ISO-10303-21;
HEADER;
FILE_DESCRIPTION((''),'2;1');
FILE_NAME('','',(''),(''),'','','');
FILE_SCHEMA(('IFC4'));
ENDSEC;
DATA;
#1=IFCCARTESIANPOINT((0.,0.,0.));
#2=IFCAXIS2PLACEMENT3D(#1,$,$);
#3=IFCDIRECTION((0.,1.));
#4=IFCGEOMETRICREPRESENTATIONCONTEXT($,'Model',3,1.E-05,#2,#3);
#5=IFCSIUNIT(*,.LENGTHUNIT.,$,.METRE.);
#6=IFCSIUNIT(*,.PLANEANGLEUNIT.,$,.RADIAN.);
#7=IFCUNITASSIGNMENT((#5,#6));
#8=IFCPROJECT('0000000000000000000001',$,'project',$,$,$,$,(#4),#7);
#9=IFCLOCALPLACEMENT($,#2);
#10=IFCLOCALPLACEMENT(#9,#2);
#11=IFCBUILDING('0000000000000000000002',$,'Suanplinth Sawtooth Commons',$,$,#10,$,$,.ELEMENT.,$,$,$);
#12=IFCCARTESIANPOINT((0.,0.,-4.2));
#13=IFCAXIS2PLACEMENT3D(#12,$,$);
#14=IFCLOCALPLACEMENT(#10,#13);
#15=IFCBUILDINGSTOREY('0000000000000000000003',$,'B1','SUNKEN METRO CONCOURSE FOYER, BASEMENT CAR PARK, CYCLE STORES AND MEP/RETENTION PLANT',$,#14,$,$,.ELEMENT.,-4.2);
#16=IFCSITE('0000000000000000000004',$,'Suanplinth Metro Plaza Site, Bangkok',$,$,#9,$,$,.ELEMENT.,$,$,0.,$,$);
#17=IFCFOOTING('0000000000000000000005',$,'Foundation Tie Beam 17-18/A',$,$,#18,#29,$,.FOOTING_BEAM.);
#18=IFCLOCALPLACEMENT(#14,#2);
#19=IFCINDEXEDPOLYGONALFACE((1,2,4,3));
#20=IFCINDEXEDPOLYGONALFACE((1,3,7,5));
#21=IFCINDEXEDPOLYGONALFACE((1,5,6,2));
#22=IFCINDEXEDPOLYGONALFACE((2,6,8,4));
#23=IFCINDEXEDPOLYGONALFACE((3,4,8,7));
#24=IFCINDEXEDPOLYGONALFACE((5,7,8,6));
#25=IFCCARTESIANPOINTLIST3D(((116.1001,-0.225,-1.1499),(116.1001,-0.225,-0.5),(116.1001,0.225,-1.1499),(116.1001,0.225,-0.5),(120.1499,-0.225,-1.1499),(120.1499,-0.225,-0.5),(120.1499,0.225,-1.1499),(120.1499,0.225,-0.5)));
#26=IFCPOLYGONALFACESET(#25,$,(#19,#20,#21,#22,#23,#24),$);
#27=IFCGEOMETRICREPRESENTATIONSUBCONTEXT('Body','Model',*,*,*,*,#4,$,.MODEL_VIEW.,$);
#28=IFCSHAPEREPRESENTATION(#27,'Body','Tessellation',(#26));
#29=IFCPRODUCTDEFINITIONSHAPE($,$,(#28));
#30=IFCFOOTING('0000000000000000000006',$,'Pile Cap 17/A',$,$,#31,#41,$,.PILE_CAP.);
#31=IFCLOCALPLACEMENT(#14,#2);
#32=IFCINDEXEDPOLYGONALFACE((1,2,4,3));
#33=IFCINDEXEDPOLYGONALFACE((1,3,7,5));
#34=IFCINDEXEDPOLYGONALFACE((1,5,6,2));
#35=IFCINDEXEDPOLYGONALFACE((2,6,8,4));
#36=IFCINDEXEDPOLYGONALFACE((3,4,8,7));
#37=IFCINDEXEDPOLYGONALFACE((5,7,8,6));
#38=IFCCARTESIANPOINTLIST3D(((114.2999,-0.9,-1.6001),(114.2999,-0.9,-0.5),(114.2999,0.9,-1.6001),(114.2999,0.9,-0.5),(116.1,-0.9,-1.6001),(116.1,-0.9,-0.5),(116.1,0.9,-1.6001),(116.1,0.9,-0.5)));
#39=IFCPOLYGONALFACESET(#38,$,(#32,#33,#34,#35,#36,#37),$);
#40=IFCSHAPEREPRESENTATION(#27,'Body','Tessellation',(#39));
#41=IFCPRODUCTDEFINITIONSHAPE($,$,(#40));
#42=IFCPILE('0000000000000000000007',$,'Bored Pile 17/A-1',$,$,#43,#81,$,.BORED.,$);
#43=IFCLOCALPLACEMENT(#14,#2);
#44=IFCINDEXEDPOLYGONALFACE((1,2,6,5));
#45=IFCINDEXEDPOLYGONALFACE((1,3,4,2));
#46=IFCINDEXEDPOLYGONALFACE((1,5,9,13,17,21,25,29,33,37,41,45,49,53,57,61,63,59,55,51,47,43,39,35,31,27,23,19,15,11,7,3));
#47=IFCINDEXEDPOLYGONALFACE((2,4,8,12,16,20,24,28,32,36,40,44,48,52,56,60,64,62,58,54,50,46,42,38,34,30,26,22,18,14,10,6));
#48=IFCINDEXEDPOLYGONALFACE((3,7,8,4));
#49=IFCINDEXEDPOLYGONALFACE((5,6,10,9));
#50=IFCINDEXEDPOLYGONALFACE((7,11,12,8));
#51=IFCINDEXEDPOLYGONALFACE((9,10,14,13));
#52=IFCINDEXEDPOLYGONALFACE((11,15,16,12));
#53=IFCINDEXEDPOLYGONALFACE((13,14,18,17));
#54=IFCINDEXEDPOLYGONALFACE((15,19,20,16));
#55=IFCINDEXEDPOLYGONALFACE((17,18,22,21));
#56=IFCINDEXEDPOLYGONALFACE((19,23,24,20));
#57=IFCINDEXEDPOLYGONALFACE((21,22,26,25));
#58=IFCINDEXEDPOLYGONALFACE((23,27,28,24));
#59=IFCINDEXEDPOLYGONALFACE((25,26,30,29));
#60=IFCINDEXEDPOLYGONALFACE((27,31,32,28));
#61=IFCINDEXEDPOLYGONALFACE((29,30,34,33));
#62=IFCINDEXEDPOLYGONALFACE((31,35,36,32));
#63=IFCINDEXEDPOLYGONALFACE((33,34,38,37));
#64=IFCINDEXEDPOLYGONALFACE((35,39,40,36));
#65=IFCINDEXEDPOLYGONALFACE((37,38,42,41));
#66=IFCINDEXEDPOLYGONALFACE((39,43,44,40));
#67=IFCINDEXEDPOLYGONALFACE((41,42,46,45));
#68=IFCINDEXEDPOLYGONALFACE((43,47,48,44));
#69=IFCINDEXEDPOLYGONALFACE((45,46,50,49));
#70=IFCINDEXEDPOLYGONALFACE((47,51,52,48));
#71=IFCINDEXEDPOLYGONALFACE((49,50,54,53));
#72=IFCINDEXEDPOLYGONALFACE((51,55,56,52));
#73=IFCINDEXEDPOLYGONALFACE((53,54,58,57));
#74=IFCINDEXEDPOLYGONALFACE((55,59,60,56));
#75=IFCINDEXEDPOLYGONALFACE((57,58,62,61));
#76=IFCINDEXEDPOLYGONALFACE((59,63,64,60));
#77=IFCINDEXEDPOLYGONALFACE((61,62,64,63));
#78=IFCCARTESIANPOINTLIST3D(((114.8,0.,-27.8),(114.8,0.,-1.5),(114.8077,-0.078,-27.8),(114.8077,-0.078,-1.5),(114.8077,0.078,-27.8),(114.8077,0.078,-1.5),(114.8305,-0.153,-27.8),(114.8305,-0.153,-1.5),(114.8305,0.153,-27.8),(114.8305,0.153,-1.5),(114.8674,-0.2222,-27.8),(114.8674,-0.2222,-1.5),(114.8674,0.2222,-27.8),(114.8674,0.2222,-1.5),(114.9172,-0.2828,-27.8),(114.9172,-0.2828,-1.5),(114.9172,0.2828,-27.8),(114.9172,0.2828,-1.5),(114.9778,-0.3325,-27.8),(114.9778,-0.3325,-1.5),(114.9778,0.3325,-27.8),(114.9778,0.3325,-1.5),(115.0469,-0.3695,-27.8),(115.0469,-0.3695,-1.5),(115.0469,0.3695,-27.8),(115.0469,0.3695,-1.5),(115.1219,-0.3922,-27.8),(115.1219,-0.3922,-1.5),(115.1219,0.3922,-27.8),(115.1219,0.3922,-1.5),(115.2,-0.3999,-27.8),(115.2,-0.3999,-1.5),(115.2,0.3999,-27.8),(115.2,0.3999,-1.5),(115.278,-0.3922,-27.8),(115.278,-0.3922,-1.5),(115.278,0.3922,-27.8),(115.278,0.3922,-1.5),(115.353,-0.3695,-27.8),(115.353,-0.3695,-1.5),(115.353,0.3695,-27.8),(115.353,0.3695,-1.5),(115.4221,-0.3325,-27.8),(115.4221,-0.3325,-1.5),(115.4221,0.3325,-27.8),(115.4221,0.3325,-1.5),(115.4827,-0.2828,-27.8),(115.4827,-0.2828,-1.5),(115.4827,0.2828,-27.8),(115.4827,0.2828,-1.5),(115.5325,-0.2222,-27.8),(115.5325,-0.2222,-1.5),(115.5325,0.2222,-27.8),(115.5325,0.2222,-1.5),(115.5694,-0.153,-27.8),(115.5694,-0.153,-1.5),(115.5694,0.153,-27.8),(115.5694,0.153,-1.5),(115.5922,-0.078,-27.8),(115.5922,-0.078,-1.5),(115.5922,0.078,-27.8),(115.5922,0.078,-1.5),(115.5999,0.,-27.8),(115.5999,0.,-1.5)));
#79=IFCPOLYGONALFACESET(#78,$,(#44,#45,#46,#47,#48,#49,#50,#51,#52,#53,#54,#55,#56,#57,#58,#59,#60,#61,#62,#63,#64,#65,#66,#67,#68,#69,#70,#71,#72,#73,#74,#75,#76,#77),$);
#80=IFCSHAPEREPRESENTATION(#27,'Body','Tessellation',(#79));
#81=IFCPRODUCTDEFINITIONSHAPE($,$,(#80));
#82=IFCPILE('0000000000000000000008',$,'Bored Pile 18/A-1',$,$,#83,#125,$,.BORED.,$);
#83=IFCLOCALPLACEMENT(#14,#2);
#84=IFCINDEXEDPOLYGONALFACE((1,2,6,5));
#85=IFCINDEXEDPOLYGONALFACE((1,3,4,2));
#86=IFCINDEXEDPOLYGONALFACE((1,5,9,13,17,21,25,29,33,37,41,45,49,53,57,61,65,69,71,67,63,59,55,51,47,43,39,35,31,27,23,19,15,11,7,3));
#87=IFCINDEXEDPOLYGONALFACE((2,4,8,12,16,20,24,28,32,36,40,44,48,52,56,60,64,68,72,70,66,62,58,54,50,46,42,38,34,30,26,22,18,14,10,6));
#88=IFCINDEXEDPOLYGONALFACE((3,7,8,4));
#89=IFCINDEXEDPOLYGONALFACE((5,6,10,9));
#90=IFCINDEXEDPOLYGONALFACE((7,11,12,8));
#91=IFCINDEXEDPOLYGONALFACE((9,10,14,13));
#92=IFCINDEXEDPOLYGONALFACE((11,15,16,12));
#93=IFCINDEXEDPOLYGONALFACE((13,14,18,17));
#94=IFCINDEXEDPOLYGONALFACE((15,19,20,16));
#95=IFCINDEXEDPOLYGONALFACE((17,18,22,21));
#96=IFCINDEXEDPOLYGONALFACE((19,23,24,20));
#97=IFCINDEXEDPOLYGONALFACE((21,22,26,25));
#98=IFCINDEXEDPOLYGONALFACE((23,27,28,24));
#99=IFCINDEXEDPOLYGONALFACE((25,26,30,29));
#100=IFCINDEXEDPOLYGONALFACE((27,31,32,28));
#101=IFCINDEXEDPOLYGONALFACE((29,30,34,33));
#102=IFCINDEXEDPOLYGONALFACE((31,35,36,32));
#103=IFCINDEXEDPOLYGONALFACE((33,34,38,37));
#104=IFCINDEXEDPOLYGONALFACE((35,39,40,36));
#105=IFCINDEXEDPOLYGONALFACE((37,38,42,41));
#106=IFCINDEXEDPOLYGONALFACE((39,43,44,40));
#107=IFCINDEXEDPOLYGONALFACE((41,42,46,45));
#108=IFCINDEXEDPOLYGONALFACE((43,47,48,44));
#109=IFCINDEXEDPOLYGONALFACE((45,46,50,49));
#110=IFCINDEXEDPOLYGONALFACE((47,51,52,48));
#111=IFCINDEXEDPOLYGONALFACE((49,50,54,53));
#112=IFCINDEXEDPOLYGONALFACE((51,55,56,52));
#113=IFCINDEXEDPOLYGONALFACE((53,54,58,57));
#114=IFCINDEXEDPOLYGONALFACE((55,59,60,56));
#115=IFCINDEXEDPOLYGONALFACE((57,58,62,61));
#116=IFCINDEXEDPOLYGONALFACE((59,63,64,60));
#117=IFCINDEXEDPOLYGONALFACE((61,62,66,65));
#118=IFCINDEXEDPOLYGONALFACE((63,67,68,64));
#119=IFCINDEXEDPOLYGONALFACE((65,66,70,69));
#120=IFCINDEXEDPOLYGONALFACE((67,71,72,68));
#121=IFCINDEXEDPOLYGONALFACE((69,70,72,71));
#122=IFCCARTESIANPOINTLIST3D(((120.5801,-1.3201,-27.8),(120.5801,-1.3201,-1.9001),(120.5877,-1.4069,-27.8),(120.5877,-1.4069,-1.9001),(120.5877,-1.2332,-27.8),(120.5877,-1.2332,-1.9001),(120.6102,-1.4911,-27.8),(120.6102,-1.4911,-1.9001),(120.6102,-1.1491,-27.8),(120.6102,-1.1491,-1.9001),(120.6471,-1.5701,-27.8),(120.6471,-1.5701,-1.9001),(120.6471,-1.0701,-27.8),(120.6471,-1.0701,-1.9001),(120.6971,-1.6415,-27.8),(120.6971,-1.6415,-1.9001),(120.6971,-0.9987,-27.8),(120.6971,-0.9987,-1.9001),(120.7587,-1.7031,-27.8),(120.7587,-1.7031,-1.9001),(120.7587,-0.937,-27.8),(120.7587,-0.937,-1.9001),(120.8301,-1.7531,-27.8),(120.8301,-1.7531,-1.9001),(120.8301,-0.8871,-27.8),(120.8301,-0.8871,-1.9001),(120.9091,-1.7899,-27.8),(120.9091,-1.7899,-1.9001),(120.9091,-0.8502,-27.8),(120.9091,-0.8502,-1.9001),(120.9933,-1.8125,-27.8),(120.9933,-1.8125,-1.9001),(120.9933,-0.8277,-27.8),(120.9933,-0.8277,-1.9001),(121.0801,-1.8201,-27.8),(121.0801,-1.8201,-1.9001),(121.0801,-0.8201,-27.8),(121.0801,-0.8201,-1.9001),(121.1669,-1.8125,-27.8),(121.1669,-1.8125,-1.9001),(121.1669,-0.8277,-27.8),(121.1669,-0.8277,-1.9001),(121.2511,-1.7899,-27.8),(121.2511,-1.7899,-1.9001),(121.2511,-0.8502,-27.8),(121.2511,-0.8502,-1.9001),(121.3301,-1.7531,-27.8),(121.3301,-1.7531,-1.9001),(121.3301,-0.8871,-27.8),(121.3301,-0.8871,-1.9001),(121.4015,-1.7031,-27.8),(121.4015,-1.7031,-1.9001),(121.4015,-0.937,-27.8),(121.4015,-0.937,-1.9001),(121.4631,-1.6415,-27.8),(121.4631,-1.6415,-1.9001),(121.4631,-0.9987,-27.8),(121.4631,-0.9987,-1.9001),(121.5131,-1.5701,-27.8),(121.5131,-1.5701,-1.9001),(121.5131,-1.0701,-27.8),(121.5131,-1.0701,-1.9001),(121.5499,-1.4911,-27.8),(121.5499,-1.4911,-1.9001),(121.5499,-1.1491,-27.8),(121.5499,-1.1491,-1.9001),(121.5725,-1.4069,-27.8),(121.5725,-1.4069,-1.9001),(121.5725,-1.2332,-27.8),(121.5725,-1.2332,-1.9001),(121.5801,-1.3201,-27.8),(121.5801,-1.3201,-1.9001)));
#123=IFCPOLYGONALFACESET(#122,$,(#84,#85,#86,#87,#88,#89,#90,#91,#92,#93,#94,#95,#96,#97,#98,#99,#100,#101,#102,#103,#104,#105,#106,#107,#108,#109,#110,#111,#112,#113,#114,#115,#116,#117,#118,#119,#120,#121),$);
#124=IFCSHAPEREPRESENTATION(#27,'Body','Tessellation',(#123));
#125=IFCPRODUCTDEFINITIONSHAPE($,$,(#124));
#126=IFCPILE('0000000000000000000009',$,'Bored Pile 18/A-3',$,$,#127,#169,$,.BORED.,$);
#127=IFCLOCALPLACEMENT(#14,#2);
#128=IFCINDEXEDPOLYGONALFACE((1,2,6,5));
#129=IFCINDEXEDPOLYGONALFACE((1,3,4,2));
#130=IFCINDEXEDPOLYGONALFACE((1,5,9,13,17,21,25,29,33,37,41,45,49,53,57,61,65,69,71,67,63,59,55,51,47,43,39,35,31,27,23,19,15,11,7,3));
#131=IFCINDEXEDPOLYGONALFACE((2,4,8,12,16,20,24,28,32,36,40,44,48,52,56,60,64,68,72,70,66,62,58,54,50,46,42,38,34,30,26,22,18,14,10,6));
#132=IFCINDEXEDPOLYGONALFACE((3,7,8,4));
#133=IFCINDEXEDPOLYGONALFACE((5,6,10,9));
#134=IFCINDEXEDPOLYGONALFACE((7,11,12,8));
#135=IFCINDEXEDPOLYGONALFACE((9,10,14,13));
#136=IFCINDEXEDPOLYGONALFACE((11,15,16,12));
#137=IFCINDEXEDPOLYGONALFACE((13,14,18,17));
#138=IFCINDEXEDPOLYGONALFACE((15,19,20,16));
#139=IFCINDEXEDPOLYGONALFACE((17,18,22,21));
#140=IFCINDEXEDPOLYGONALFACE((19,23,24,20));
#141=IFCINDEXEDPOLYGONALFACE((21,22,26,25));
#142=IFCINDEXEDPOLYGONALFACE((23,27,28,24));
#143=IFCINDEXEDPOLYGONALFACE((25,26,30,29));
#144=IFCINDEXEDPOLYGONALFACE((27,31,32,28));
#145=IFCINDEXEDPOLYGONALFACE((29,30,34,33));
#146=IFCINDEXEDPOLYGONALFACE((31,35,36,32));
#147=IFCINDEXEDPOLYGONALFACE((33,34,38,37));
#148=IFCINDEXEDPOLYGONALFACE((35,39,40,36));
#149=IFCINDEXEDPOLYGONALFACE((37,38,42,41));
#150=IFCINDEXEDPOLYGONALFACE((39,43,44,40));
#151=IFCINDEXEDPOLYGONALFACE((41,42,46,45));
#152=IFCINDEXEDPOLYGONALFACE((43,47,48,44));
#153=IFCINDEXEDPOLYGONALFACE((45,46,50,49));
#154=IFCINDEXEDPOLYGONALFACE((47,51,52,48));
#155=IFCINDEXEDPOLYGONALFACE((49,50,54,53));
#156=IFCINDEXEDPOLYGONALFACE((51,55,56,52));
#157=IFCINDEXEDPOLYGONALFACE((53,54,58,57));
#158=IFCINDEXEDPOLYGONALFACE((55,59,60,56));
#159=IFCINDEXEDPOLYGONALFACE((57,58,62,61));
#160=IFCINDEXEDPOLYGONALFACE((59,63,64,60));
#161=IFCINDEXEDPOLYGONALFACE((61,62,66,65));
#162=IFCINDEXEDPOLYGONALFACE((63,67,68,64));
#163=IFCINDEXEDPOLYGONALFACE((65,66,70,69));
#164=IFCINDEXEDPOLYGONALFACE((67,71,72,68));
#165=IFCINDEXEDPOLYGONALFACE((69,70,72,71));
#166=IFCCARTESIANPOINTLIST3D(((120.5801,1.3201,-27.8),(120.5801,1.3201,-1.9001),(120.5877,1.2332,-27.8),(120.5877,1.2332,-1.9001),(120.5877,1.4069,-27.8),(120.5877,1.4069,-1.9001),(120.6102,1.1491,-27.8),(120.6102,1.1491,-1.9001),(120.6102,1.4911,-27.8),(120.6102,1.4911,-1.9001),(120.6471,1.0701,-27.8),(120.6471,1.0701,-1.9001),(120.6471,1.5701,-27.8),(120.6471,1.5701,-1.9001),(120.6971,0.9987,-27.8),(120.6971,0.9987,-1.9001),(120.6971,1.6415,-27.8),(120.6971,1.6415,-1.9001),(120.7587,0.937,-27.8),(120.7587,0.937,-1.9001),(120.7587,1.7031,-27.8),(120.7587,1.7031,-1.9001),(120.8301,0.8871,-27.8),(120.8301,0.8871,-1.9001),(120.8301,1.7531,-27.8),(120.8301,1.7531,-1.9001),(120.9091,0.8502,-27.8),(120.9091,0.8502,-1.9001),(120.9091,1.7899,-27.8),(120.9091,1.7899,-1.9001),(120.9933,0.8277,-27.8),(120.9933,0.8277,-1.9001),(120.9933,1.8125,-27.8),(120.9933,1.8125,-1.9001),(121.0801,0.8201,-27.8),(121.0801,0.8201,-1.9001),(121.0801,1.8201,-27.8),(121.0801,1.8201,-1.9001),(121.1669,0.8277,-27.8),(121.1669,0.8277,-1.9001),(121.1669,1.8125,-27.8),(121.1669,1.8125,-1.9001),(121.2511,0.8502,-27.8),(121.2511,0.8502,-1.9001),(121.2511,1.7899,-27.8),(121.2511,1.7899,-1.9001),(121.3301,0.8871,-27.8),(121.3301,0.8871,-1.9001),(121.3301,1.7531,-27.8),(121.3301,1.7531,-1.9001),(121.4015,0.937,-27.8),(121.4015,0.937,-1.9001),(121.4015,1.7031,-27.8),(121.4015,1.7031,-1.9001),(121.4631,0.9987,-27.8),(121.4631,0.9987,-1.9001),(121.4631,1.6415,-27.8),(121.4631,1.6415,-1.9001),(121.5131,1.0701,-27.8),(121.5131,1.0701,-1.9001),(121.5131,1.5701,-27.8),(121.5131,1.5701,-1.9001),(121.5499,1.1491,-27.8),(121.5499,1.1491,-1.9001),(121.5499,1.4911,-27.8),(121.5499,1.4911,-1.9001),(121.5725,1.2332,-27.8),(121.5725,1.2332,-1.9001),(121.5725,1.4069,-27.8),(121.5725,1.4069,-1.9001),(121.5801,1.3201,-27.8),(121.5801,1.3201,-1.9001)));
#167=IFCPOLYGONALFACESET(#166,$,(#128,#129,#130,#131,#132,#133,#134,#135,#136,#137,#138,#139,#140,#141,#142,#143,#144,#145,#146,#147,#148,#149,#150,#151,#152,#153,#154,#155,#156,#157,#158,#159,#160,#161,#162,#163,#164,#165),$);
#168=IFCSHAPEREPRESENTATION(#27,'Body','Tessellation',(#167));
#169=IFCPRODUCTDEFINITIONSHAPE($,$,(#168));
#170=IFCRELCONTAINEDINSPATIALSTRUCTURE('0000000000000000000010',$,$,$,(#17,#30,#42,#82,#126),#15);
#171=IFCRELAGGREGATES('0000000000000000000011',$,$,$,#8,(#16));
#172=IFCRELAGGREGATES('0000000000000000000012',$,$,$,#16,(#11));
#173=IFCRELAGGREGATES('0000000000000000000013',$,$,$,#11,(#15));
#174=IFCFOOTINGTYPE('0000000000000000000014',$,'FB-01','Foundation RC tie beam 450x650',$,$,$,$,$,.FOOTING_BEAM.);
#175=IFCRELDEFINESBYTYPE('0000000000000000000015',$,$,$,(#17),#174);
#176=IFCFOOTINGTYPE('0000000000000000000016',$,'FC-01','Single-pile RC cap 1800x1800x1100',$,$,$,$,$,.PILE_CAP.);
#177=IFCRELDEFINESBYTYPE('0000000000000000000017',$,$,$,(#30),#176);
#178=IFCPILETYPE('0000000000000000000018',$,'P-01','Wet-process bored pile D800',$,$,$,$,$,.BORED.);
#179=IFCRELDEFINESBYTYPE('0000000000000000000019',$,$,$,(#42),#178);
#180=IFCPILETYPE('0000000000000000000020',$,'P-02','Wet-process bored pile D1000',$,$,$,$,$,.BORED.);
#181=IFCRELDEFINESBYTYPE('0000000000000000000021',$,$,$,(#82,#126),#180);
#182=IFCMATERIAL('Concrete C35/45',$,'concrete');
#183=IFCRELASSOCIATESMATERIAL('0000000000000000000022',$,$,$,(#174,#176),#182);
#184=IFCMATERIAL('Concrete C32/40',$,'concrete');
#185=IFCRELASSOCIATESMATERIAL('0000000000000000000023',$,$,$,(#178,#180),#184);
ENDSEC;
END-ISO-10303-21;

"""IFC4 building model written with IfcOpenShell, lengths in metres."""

from ifc_helpers import new_model, si_unit, direction, frame, origin, origin_2d, place, context, subcontext, project, spatial, rectangle, circle, extrude, material, material_profile, profile_set, type_object, element, save


model = new_model("IFC4")

# Units and contexts
model_context = context("Model", 3, precision=1e-05, world=origin(), true_north=direction((0.0, 1.0)))
body_context = subcontext(model_context, "Body", "Model", "MODEL_VIEW")
ifc_project = project(units=[si_unit("LENGTHUNIT", "METRE"), si_unit("PLANEANGLEUNIT", "RADIAN")], contexts=[model_context])

# Site, building, storey
site_placement = place(None, origin())
site = spatial("IfcSite", under=ifc_project, at=site_placement, Name="Suanplinth Metro Plaza Site, Bangkok", CompositionType="ELEMENT", RefElevation=0.0)
building_placement = place(site_placement, origin())
building = spatial("IfcBuilding", under=site, at=building_placement, Name="Suanplinth Sawtooth Commons", CompositionType="ELEMENT")
storey_placement = place(building_placement, frame((0.0, 0.0, -4.2)))
storey = spatial("IfcBuildingStorey", under=building, at=storey_placement, Name="B1", Description="SUNKEN METRO CONCOURSE FOYER, BASEMENT CAR PARK, CYCLE STORES AND MEP/RETENTION PLANT", CompositionType="ELEMENT", Elevation=-4.2)

# Footings
ifc_material_1 = material(Name="Concrete C35/45", Category="concrete")
ifc_material_profile_1 = material_profile(ifc_material_1, rectangle(XDim=0.45, YDim=0.6499, at=origin_2d()), Name="PC-GDR 450x650")
ifc_profile_set_1 = profile_set([ifc_material_profile_1], Name="Concrete C35/45")
footing_type_1 = type_object("IfcFootingType", Name="FB-01", Description="Foundation RC tie beam 450x650", PredefinedType="FOOTING_BEAM", material=ifc_profile_set_1)
footing_1_placement = place(storey_placement, frame((116.1001, 0.0, -0.825), z_axis=(1.0, 0.0, 0.0), x_axis=(0.0, 1.0, 0.0)))
element("IfcFooting", 1, at=footing_1_placement, inside=storey, type_object=footing_type_1, Name="Foundation Tie Beam 17-18/A", PredefinedType="FOOTING_BEAM", context=body_context, shape_type="SweptSolid", body=[
    extrude(rectangle(XDim=0.45, YDim=0.6499, at=origin_2d()), origin(), (0.0, 0.0, 1.0), 4.0498),
])
footing_type_2 = type_object("IfcFootingType", Name="FC-01", Description="Single-pile RC cap 1800x1800x1100", PredefinedType="PILE_CAP", material=ifc_material_1)
footing_2_placement = place(storey_placement, frame((115.2, 0.0, -1.6001), z_axis=(0.0, 0.0, 1.0), x_axis=(1.0, 0.0, 0.0)))
element("IfcFooting", 2, at=footing_2_placement, inside=storey, type_object=footing_type_2, Name="Pile Cap 17/A", PredefinedType="PILE_CAP", context=body_context, shape_type="SweptSolid", body=[
    extrude(rectangle(XDim=1.8, YDim=1.8, at=origin_2d()), origin(), (0.0, 0.0, 1.0), 1.1001),
])

# Piles
ifc_material_2 = material(Name="Concrete C32/40", Category="concrete")
ifc_material_profile_2 = material_profile(ifc_material_2, circle(Radius=0.3999, at=origin_2d()), Name="PILE D800")
ifc_profile_set_2 = profile_set([ifc_material_profile_2], Name="Concrete C32/40")
pile_type_1 = type_object("IfcPileType", Name="P-01", Description="Wet-process bored pile D800", PredefinedType="BORED", material=ifc_profile_set_2)
pile_placement = place(storey_placement, frame((115.2, 0.0, -1.5), z_axis=(0.0, 0.0, -1.0), x_axis=(1.0, 0.0, 0.0)))
element("IfcPile", 3, at=pile_placement, inside=storey, type_object=pile_type_1, Name="Bored Pile 17/A-1", PredefinedType="BORED", context=body_context, shape_type="SweptSolid", body=[
    extrude(circle(Radius=0.3999, at=origin_2d()), origin(), (0.0, 0.0, 1.0), 26.3),
])
ifc_material_profile_3 = material_profile(ifc_material_2, circle(Radius=0.5, at=origin_2d()), Name="PILE D1000")
ifc_profile_set_3 = profile_set([ifc_material_profile_3], Name="Concrete C32/40")
pile_type_2 = type_object("IfcPileType", Name="P-02", Description="Wet-process bored pile D1000", PredefinedType="BORED", material=ifc_profile_set_3)
for number, where, z_axis, x_axis, name in (
    (4, (121.0801, -1.3201, -1.9001), (0.0, 0.0, -1.0), (1.0, 0.0, 0.0), "Bored Pile 18/A-1"),
    (5, (121.0801, 1.3201, -1.9001), (0.0, 0.0, -1.0), (1.0, 0.0, 0.0), "Bored Pile 18/A-3"),
):
    element("IfcPile", number, at=place(storey_placement, frame(where, z_axis=z_axis, x_axis=x_axis)), inside=storey, type_object=pile_type_2, Name=name, PredefinedType="BORED", context=body_context, shape_type="SweptSolid", body=[
        extrude(circle(Radius=0.5, at=origin_2d()), origin(), (0.0, 0.0, 1.0), 25.8999),
    ])

save(model, "model.ifc")
